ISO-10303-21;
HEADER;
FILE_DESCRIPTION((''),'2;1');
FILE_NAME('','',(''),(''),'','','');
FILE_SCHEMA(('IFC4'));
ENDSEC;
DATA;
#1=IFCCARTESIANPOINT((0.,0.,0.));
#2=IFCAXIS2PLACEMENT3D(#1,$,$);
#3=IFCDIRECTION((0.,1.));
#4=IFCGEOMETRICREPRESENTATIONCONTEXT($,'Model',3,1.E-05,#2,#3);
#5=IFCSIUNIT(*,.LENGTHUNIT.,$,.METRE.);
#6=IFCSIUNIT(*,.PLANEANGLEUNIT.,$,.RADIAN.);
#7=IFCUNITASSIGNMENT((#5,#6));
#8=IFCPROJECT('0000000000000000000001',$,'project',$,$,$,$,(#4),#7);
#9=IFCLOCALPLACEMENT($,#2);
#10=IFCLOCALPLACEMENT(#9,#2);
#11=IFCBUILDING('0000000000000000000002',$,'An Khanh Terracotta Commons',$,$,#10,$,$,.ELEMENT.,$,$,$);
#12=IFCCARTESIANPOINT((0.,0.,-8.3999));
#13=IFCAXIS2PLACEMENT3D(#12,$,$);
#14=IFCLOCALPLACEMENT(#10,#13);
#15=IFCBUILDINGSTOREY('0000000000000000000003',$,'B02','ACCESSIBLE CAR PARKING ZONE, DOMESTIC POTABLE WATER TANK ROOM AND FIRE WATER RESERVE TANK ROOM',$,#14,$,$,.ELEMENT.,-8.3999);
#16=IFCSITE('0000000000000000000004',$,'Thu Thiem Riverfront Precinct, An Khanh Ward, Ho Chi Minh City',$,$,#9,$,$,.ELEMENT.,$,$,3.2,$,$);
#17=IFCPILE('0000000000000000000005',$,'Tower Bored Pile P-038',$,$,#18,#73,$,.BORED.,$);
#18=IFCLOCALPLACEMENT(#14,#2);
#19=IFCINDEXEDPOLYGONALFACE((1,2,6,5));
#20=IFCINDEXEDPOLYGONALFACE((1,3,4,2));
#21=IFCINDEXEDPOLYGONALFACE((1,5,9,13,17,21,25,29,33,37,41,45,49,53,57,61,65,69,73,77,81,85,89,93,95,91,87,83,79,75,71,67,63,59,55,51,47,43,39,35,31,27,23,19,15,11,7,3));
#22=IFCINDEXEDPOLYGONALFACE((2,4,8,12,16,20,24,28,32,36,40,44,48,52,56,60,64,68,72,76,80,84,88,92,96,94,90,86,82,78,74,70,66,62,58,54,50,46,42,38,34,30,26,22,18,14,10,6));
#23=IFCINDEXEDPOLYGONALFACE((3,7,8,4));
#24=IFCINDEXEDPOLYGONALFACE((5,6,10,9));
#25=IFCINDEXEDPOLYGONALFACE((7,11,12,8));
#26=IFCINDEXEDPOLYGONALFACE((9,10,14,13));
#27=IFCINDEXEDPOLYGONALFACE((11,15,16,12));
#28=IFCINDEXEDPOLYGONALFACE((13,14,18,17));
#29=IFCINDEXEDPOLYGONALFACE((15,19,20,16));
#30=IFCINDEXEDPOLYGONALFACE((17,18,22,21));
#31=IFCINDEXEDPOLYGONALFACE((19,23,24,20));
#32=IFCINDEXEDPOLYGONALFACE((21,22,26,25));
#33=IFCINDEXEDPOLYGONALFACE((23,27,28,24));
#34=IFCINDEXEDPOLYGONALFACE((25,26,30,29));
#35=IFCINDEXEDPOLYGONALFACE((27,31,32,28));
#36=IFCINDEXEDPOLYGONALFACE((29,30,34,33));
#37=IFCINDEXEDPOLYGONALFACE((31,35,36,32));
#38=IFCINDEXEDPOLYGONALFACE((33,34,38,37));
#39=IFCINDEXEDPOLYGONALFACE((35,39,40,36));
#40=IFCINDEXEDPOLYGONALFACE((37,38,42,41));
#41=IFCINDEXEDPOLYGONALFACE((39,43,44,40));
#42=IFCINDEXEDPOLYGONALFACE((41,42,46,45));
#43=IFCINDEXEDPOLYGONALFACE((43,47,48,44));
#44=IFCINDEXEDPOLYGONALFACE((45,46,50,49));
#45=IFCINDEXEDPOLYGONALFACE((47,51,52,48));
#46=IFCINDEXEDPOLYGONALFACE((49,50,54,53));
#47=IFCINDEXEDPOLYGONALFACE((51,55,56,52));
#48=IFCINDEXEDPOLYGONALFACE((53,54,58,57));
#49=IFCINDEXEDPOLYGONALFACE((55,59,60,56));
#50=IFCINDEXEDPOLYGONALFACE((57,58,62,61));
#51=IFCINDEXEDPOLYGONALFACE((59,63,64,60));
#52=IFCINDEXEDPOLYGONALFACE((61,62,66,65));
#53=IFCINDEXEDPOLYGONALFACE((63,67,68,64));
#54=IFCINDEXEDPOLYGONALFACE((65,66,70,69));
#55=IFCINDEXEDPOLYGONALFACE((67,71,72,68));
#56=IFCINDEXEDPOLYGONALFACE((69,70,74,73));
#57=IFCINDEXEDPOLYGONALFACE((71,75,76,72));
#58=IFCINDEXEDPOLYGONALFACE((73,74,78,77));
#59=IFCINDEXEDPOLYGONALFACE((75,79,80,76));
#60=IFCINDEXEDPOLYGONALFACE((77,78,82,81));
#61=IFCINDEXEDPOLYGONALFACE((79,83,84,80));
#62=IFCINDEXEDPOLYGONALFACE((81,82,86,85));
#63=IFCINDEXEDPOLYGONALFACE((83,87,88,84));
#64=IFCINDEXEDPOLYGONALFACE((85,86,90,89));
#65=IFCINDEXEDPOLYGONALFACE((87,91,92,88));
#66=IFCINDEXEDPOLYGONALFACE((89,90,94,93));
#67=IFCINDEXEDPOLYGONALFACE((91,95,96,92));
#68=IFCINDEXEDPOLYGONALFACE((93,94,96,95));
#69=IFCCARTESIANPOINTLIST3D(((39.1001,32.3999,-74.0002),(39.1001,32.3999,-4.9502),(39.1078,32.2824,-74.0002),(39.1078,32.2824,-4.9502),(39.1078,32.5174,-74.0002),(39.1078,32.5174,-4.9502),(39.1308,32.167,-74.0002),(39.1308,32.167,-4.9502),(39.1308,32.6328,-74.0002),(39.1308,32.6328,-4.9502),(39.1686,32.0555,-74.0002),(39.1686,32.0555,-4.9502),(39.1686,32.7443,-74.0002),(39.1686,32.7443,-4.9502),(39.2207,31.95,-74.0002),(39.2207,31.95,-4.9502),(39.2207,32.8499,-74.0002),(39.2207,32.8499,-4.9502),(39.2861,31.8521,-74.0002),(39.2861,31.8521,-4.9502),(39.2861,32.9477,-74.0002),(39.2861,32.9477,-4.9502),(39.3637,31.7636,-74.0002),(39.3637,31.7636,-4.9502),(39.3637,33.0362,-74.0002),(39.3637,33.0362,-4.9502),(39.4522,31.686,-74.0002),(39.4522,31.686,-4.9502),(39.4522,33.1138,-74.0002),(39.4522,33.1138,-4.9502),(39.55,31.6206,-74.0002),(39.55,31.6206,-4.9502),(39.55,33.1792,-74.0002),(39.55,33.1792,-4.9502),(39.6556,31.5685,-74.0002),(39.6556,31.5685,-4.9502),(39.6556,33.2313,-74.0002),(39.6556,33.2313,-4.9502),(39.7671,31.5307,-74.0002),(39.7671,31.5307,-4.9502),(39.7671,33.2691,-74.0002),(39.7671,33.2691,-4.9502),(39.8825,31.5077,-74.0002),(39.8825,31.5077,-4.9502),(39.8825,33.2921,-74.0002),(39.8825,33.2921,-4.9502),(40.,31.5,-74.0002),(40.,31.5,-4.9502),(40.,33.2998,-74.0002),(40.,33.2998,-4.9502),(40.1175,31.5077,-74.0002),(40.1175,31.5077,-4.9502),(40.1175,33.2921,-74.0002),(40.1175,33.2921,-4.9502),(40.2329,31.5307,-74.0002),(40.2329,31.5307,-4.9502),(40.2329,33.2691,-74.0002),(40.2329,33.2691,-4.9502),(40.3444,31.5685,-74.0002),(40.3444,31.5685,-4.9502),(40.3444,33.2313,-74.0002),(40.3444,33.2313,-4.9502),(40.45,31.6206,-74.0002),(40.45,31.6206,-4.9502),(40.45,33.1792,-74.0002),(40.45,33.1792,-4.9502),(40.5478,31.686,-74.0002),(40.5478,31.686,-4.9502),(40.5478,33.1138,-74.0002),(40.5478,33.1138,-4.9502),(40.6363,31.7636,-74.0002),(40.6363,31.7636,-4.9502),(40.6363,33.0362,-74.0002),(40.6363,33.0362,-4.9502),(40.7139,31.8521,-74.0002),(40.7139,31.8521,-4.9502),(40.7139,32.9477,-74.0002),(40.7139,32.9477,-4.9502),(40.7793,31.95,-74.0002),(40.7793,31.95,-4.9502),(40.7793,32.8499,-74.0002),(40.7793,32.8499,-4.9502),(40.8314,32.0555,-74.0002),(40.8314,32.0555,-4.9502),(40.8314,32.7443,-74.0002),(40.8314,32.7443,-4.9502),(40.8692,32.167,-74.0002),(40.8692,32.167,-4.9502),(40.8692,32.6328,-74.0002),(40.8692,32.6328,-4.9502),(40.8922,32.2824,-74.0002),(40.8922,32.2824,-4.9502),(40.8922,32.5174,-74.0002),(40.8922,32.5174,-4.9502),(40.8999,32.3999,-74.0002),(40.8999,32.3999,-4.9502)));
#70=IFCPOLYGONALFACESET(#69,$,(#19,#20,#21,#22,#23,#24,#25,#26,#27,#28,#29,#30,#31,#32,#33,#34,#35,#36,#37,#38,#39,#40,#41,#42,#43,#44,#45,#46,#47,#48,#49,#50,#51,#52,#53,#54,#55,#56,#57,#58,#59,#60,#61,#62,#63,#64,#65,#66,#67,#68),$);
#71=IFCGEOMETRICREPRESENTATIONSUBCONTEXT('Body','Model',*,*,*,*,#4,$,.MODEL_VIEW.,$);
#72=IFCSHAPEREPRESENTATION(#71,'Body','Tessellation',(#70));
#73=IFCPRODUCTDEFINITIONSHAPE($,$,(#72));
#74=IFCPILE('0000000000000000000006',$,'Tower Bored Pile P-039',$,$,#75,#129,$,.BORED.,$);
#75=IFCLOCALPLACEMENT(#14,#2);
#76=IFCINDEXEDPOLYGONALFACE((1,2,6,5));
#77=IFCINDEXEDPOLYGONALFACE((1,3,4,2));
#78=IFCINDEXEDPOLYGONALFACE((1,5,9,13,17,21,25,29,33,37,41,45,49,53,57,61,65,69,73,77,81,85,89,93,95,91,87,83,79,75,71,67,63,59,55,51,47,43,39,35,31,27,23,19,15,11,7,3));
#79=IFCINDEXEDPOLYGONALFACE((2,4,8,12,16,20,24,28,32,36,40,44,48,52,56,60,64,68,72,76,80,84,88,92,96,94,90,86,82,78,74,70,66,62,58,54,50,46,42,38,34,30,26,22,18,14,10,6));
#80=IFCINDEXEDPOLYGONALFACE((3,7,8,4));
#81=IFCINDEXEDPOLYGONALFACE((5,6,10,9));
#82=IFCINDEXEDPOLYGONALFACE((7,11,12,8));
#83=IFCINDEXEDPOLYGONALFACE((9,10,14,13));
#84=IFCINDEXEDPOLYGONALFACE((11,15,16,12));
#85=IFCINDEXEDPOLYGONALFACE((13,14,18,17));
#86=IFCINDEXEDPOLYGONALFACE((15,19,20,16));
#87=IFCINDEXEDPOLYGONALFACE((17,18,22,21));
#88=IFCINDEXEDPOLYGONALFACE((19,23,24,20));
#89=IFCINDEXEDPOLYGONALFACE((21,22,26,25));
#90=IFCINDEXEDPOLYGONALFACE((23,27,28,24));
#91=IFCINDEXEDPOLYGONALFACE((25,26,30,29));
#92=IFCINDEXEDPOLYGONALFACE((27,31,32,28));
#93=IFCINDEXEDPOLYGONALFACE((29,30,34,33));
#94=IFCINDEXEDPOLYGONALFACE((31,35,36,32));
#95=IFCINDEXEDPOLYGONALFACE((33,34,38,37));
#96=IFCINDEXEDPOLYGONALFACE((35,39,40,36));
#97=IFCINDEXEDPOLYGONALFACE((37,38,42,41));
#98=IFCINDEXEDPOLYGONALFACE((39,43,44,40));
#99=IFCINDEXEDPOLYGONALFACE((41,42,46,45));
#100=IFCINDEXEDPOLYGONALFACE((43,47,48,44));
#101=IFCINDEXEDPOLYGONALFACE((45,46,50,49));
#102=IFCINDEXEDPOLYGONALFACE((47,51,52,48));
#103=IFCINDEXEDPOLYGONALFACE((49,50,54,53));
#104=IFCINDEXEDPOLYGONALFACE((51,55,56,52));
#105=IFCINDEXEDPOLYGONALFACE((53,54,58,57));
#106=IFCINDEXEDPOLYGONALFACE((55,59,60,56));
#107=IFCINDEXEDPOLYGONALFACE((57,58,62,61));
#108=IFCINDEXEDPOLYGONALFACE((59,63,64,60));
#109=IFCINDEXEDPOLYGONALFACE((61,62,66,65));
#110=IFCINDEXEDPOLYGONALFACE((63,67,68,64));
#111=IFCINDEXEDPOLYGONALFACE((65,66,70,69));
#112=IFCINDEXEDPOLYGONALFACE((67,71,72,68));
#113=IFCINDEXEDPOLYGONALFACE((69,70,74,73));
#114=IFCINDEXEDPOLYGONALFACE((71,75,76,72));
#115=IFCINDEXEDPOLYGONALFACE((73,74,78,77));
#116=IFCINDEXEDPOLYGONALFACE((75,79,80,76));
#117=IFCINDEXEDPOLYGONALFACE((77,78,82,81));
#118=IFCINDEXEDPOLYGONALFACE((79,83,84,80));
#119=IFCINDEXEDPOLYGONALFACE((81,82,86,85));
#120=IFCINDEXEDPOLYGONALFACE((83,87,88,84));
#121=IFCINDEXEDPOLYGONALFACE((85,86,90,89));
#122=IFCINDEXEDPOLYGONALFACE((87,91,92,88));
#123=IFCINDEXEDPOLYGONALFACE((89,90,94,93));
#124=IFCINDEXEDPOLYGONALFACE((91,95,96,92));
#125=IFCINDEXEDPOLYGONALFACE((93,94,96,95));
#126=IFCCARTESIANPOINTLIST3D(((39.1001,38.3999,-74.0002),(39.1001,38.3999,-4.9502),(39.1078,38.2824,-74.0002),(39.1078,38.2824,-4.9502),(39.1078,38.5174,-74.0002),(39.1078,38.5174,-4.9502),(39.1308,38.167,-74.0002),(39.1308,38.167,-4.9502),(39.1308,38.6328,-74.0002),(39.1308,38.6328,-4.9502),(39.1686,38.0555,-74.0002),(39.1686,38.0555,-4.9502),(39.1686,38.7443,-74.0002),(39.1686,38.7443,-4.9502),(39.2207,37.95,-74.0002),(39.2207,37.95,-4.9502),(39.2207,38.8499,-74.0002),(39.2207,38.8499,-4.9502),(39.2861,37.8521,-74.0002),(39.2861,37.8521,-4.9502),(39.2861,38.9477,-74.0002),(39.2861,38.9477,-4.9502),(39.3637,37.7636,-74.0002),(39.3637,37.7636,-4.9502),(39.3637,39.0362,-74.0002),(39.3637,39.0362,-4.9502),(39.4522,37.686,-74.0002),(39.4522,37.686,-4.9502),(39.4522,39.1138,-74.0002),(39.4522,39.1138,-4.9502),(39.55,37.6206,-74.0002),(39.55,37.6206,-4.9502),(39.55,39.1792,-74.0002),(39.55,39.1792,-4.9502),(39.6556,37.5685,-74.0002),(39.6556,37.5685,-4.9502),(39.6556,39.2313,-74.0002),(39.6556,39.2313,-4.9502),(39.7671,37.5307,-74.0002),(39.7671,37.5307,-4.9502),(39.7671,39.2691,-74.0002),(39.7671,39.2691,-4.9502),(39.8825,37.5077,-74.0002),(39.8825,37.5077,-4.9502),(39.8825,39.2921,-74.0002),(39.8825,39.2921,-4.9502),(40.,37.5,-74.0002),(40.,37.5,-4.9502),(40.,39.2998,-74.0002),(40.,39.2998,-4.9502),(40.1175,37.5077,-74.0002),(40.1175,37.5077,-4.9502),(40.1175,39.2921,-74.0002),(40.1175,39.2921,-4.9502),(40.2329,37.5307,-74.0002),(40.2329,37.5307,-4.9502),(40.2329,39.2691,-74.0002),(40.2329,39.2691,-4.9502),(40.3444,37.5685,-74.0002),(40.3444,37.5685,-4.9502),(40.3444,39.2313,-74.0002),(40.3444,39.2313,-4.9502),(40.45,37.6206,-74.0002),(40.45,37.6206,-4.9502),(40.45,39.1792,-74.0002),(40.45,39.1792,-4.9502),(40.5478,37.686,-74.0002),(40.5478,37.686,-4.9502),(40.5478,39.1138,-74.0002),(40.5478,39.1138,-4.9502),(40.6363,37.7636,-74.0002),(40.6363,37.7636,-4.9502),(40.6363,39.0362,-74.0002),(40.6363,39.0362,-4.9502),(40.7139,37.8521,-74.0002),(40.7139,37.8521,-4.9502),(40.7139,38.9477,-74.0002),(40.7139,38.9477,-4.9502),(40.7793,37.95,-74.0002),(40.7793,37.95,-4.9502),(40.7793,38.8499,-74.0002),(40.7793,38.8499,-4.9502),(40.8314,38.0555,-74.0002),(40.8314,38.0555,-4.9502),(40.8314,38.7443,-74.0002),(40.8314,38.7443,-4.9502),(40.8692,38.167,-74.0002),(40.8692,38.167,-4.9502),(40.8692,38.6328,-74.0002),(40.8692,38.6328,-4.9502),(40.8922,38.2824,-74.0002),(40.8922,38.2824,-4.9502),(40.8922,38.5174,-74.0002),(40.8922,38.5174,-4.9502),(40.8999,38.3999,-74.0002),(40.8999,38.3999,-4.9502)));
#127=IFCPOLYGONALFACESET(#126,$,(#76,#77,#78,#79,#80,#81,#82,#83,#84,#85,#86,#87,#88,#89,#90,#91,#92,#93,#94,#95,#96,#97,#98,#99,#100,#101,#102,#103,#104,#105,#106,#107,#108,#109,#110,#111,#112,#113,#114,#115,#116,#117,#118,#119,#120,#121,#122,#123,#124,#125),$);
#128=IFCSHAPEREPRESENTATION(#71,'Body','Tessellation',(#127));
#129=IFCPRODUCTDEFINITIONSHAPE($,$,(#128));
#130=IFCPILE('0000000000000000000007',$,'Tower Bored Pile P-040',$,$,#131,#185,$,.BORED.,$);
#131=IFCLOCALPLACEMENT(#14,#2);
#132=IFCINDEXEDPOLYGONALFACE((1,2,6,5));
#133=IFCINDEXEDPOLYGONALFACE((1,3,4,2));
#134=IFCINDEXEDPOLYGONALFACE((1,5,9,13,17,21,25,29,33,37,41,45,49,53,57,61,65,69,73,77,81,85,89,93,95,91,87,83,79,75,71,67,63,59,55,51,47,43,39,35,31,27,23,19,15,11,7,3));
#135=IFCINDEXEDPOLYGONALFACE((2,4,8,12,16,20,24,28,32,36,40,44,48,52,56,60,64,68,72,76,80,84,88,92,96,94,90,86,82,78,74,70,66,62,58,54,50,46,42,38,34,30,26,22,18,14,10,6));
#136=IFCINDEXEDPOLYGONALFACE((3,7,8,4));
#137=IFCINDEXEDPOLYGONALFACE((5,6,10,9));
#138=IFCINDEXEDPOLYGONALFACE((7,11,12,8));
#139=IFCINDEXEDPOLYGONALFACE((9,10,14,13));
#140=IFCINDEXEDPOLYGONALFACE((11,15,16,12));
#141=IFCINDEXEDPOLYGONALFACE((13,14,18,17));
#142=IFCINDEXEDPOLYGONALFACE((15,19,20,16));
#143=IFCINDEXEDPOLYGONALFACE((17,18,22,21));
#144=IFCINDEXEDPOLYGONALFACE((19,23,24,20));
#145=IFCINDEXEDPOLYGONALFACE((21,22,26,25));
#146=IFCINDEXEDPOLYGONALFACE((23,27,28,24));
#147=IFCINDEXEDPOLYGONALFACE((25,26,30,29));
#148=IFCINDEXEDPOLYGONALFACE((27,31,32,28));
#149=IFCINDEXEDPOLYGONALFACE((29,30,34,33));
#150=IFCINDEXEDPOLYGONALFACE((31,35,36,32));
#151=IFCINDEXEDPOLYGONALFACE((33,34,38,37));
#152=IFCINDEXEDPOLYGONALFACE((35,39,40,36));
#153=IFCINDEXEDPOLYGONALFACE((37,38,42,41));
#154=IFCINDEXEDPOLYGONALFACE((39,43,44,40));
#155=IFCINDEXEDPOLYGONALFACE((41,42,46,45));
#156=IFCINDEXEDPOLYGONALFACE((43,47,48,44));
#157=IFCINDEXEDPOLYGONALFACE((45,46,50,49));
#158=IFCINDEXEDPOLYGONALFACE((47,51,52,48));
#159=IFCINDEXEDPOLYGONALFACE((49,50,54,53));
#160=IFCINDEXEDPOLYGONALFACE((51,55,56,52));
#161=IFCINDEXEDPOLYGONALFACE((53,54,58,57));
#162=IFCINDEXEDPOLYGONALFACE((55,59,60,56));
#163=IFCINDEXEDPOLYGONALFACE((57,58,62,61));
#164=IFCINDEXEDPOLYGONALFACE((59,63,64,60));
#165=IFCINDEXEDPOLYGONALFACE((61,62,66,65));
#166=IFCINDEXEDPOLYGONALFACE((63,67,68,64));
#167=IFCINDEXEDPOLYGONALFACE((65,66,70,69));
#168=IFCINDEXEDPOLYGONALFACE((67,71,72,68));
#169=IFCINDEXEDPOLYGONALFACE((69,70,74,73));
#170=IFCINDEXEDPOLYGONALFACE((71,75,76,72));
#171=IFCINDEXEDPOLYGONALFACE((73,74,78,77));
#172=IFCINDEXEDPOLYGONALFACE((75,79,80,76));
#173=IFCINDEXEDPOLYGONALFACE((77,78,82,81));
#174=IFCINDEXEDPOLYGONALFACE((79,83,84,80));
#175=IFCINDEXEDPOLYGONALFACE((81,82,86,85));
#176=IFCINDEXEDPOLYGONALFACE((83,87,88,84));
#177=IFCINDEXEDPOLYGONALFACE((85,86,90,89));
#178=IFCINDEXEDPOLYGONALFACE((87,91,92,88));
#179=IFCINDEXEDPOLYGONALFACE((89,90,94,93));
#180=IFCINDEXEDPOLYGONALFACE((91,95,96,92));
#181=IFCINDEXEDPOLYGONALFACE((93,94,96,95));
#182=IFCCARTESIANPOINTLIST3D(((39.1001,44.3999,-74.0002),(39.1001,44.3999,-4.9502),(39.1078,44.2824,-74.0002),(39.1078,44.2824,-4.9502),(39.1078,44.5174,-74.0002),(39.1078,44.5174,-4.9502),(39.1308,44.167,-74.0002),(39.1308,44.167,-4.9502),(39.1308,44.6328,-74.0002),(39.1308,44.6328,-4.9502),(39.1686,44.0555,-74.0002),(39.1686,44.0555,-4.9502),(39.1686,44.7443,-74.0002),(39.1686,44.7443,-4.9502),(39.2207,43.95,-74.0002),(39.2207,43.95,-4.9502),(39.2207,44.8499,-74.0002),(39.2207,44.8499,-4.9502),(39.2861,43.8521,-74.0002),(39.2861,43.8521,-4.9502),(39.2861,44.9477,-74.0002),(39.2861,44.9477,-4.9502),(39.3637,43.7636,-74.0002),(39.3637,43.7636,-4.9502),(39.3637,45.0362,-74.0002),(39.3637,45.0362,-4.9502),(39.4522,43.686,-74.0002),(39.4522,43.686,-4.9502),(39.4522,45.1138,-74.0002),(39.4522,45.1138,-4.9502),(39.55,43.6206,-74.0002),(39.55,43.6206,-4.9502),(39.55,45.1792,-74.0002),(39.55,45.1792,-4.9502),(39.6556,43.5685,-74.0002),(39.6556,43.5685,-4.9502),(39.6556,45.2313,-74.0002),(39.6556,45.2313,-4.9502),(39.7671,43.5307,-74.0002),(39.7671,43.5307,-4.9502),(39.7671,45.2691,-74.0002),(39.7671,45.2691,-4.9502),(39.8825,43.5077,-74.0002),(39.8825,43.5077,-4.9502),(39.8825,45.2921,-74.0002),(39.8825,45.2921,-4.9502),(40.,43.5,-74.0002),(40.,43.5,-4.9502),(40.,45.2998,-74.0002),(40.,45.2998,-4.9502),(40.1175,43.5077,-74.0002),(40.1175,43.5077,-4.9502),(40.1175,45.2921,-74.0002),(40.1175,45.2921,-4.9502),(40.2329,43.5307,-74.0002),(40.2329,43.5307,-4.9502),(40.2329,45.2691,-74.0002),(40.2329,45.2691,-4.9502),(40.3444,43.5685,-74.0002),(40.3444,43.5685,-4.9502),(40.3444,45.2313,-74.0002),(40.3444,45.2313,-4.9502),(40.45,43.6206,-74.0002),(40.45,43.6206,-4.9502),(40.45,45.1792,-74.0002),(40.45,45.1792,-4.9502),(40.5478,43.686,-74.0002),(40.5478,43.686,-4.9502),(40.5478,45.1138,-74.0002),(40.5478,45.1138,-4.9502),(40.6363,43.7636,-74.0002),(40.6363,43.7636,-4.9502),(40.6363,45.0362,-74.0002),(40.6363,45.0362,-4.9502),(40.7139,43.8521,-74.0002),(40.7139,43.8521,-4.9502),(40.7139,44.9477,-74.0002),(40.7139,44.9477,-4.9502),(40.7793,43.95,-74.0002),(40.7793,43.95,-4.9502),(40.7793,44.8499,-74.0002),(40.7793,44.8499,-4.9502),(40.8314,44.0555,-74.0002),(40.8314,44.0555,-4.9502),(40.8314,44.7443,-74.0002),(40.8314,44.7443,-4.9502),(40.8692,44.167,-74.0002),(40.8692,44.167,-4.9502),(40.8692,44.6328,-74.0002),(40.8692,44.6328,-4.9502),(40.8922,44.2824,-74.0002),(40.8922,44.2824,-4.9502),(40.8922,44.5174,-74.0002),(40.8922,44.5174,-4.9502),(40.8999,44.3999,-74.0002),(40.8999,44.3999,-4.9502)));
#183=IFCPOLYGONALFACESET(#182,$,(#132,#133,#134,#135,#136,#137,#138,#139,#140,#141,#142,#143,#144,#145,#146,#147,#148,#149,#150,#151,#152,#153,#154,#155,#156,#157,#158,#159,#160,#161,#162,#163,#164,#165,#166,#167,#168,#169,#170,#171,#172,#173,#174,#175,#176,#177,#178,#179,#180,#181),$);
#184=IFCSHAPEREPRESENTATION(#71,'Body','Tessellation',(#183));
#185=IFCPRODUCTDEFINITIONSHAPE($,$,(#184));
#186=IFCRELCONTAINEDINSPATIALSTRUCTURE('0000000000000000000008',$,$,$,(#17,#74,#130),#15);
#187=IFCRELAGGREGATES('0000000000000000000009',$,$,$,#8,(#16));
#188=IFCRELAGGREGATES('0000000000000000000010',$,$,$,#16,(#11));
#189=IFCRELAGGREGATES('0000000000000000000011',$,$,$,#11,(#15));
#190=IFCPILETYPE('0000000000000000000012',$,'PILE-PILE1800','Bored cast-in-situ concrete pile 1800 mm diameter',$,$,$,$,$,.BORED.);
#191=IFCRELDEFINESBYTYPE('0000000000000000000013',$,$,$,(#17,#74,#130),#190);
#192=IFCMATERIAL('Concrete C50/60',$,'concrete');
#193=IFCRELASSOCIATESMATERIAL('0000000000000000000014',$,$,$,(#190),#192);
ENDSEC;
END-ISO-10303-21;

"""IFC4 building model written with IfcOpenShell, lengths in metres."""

from ifc_helpers import new_model, si_unit, direction, frame, origin, origin_2d, place, context, subcontext, project, spatial, circle, extrude, material, material_profile, profile_set, type_object, element, save


model = new_model("IFC4")

# Units and contexts
model_context = context("Model", 3, precision=1e-05, world=origin(), true_north=direction((0.0, 1.0)))
body_context = subcontext(model_context, "Body", "Model", "MODEL_VIEW")
ifc_project = project(units=[si_unit("LENGTHUNIT", "METRE"), si_unit("PLANEANGLEUNIT", "RADIAN")], contexts=[model_context])

# Site, building, storey
site_placement = place(None, origin())
site = spatial("IfcSite", under=ifc_project, at=site_placement, Name="Thu Thiem Riverfront Precinct, An Khanh Ward, Ho Chi Minh City", CompositionType="ELEMENT", RefElevation=3.2)
building_placement = place(site_placement, origin())
building = spatial("IfcBuilding", under=site, at=building_placement, Name="An Khanh Terracotta Commons", CompositionType="ELEMENT")
storey_placement = place(building_placement, frame((0.0, 0.0, -8.3999)))
storey = spatial("IfcBuildingStorey", under=building, at=storey_placement, Name="B02", Description="ACCESSIBLE CAR PARKING ZONE, DOMESTIC POTABLE WATER TANK ROOM AND FIRE WATER RESERVE TANK ROOM", CompositionType="ELEMENT", Elevation=-8.3999)

# Shared definitions
ifc_material_1 = material(Name="Concrete C50/60", Category="concrete")

# Piles
ifc_material_profile_1 = material_profile(ifc_material_1, circle(Radius=0.8999, at=origin_2d()), Name="PILE1800")
ifc_profile_set_1 = profile_set([ifc_material_profile_1], Name="Concrete C50/60")
pile_type = type_object("IfcPileType", Name="PILE-PILE1800", Description="Bored cast-in-situ concrete pile 1800 mm diameter", PredefinedType="BORED", material=ifc_profile_set_1)
for number, where, z_axis, x_axis, name in (
    (1, (40.0, 32.3999, -4.9502), (0.0, 0.0, -1.0), (1.0, 0.0, 0.0), "Tower Bored Pile P-038"),
    (2, (40.0, 38.3999, -4.9502), (0.0, 0.0, -1.0), (1.0, 0.0, 0.0), "Tower Bored Pile P-039"),
    (3, (40.0, 44.3999, -4.9502), (0.0, 0.0, -1.0), (1.0, 0.0, 0.0), "Tower Bored Pile P-040"),
):
    element("IfcPile", number, at=place(storey_placement, frame(where, z_axis=z_axis, x_axis=x_axis)), inside=storey, type_object=pile_type, Name=name, PredefinedType="BORED", context=body_context, shape_type="SweptSolid", body=[
        extrude(circle(Radius=0.8999, at=origin_2d()), origin(), (0.0, 0.0, 1.0), 69.05),
    ])

save(model, "model.ifc")
